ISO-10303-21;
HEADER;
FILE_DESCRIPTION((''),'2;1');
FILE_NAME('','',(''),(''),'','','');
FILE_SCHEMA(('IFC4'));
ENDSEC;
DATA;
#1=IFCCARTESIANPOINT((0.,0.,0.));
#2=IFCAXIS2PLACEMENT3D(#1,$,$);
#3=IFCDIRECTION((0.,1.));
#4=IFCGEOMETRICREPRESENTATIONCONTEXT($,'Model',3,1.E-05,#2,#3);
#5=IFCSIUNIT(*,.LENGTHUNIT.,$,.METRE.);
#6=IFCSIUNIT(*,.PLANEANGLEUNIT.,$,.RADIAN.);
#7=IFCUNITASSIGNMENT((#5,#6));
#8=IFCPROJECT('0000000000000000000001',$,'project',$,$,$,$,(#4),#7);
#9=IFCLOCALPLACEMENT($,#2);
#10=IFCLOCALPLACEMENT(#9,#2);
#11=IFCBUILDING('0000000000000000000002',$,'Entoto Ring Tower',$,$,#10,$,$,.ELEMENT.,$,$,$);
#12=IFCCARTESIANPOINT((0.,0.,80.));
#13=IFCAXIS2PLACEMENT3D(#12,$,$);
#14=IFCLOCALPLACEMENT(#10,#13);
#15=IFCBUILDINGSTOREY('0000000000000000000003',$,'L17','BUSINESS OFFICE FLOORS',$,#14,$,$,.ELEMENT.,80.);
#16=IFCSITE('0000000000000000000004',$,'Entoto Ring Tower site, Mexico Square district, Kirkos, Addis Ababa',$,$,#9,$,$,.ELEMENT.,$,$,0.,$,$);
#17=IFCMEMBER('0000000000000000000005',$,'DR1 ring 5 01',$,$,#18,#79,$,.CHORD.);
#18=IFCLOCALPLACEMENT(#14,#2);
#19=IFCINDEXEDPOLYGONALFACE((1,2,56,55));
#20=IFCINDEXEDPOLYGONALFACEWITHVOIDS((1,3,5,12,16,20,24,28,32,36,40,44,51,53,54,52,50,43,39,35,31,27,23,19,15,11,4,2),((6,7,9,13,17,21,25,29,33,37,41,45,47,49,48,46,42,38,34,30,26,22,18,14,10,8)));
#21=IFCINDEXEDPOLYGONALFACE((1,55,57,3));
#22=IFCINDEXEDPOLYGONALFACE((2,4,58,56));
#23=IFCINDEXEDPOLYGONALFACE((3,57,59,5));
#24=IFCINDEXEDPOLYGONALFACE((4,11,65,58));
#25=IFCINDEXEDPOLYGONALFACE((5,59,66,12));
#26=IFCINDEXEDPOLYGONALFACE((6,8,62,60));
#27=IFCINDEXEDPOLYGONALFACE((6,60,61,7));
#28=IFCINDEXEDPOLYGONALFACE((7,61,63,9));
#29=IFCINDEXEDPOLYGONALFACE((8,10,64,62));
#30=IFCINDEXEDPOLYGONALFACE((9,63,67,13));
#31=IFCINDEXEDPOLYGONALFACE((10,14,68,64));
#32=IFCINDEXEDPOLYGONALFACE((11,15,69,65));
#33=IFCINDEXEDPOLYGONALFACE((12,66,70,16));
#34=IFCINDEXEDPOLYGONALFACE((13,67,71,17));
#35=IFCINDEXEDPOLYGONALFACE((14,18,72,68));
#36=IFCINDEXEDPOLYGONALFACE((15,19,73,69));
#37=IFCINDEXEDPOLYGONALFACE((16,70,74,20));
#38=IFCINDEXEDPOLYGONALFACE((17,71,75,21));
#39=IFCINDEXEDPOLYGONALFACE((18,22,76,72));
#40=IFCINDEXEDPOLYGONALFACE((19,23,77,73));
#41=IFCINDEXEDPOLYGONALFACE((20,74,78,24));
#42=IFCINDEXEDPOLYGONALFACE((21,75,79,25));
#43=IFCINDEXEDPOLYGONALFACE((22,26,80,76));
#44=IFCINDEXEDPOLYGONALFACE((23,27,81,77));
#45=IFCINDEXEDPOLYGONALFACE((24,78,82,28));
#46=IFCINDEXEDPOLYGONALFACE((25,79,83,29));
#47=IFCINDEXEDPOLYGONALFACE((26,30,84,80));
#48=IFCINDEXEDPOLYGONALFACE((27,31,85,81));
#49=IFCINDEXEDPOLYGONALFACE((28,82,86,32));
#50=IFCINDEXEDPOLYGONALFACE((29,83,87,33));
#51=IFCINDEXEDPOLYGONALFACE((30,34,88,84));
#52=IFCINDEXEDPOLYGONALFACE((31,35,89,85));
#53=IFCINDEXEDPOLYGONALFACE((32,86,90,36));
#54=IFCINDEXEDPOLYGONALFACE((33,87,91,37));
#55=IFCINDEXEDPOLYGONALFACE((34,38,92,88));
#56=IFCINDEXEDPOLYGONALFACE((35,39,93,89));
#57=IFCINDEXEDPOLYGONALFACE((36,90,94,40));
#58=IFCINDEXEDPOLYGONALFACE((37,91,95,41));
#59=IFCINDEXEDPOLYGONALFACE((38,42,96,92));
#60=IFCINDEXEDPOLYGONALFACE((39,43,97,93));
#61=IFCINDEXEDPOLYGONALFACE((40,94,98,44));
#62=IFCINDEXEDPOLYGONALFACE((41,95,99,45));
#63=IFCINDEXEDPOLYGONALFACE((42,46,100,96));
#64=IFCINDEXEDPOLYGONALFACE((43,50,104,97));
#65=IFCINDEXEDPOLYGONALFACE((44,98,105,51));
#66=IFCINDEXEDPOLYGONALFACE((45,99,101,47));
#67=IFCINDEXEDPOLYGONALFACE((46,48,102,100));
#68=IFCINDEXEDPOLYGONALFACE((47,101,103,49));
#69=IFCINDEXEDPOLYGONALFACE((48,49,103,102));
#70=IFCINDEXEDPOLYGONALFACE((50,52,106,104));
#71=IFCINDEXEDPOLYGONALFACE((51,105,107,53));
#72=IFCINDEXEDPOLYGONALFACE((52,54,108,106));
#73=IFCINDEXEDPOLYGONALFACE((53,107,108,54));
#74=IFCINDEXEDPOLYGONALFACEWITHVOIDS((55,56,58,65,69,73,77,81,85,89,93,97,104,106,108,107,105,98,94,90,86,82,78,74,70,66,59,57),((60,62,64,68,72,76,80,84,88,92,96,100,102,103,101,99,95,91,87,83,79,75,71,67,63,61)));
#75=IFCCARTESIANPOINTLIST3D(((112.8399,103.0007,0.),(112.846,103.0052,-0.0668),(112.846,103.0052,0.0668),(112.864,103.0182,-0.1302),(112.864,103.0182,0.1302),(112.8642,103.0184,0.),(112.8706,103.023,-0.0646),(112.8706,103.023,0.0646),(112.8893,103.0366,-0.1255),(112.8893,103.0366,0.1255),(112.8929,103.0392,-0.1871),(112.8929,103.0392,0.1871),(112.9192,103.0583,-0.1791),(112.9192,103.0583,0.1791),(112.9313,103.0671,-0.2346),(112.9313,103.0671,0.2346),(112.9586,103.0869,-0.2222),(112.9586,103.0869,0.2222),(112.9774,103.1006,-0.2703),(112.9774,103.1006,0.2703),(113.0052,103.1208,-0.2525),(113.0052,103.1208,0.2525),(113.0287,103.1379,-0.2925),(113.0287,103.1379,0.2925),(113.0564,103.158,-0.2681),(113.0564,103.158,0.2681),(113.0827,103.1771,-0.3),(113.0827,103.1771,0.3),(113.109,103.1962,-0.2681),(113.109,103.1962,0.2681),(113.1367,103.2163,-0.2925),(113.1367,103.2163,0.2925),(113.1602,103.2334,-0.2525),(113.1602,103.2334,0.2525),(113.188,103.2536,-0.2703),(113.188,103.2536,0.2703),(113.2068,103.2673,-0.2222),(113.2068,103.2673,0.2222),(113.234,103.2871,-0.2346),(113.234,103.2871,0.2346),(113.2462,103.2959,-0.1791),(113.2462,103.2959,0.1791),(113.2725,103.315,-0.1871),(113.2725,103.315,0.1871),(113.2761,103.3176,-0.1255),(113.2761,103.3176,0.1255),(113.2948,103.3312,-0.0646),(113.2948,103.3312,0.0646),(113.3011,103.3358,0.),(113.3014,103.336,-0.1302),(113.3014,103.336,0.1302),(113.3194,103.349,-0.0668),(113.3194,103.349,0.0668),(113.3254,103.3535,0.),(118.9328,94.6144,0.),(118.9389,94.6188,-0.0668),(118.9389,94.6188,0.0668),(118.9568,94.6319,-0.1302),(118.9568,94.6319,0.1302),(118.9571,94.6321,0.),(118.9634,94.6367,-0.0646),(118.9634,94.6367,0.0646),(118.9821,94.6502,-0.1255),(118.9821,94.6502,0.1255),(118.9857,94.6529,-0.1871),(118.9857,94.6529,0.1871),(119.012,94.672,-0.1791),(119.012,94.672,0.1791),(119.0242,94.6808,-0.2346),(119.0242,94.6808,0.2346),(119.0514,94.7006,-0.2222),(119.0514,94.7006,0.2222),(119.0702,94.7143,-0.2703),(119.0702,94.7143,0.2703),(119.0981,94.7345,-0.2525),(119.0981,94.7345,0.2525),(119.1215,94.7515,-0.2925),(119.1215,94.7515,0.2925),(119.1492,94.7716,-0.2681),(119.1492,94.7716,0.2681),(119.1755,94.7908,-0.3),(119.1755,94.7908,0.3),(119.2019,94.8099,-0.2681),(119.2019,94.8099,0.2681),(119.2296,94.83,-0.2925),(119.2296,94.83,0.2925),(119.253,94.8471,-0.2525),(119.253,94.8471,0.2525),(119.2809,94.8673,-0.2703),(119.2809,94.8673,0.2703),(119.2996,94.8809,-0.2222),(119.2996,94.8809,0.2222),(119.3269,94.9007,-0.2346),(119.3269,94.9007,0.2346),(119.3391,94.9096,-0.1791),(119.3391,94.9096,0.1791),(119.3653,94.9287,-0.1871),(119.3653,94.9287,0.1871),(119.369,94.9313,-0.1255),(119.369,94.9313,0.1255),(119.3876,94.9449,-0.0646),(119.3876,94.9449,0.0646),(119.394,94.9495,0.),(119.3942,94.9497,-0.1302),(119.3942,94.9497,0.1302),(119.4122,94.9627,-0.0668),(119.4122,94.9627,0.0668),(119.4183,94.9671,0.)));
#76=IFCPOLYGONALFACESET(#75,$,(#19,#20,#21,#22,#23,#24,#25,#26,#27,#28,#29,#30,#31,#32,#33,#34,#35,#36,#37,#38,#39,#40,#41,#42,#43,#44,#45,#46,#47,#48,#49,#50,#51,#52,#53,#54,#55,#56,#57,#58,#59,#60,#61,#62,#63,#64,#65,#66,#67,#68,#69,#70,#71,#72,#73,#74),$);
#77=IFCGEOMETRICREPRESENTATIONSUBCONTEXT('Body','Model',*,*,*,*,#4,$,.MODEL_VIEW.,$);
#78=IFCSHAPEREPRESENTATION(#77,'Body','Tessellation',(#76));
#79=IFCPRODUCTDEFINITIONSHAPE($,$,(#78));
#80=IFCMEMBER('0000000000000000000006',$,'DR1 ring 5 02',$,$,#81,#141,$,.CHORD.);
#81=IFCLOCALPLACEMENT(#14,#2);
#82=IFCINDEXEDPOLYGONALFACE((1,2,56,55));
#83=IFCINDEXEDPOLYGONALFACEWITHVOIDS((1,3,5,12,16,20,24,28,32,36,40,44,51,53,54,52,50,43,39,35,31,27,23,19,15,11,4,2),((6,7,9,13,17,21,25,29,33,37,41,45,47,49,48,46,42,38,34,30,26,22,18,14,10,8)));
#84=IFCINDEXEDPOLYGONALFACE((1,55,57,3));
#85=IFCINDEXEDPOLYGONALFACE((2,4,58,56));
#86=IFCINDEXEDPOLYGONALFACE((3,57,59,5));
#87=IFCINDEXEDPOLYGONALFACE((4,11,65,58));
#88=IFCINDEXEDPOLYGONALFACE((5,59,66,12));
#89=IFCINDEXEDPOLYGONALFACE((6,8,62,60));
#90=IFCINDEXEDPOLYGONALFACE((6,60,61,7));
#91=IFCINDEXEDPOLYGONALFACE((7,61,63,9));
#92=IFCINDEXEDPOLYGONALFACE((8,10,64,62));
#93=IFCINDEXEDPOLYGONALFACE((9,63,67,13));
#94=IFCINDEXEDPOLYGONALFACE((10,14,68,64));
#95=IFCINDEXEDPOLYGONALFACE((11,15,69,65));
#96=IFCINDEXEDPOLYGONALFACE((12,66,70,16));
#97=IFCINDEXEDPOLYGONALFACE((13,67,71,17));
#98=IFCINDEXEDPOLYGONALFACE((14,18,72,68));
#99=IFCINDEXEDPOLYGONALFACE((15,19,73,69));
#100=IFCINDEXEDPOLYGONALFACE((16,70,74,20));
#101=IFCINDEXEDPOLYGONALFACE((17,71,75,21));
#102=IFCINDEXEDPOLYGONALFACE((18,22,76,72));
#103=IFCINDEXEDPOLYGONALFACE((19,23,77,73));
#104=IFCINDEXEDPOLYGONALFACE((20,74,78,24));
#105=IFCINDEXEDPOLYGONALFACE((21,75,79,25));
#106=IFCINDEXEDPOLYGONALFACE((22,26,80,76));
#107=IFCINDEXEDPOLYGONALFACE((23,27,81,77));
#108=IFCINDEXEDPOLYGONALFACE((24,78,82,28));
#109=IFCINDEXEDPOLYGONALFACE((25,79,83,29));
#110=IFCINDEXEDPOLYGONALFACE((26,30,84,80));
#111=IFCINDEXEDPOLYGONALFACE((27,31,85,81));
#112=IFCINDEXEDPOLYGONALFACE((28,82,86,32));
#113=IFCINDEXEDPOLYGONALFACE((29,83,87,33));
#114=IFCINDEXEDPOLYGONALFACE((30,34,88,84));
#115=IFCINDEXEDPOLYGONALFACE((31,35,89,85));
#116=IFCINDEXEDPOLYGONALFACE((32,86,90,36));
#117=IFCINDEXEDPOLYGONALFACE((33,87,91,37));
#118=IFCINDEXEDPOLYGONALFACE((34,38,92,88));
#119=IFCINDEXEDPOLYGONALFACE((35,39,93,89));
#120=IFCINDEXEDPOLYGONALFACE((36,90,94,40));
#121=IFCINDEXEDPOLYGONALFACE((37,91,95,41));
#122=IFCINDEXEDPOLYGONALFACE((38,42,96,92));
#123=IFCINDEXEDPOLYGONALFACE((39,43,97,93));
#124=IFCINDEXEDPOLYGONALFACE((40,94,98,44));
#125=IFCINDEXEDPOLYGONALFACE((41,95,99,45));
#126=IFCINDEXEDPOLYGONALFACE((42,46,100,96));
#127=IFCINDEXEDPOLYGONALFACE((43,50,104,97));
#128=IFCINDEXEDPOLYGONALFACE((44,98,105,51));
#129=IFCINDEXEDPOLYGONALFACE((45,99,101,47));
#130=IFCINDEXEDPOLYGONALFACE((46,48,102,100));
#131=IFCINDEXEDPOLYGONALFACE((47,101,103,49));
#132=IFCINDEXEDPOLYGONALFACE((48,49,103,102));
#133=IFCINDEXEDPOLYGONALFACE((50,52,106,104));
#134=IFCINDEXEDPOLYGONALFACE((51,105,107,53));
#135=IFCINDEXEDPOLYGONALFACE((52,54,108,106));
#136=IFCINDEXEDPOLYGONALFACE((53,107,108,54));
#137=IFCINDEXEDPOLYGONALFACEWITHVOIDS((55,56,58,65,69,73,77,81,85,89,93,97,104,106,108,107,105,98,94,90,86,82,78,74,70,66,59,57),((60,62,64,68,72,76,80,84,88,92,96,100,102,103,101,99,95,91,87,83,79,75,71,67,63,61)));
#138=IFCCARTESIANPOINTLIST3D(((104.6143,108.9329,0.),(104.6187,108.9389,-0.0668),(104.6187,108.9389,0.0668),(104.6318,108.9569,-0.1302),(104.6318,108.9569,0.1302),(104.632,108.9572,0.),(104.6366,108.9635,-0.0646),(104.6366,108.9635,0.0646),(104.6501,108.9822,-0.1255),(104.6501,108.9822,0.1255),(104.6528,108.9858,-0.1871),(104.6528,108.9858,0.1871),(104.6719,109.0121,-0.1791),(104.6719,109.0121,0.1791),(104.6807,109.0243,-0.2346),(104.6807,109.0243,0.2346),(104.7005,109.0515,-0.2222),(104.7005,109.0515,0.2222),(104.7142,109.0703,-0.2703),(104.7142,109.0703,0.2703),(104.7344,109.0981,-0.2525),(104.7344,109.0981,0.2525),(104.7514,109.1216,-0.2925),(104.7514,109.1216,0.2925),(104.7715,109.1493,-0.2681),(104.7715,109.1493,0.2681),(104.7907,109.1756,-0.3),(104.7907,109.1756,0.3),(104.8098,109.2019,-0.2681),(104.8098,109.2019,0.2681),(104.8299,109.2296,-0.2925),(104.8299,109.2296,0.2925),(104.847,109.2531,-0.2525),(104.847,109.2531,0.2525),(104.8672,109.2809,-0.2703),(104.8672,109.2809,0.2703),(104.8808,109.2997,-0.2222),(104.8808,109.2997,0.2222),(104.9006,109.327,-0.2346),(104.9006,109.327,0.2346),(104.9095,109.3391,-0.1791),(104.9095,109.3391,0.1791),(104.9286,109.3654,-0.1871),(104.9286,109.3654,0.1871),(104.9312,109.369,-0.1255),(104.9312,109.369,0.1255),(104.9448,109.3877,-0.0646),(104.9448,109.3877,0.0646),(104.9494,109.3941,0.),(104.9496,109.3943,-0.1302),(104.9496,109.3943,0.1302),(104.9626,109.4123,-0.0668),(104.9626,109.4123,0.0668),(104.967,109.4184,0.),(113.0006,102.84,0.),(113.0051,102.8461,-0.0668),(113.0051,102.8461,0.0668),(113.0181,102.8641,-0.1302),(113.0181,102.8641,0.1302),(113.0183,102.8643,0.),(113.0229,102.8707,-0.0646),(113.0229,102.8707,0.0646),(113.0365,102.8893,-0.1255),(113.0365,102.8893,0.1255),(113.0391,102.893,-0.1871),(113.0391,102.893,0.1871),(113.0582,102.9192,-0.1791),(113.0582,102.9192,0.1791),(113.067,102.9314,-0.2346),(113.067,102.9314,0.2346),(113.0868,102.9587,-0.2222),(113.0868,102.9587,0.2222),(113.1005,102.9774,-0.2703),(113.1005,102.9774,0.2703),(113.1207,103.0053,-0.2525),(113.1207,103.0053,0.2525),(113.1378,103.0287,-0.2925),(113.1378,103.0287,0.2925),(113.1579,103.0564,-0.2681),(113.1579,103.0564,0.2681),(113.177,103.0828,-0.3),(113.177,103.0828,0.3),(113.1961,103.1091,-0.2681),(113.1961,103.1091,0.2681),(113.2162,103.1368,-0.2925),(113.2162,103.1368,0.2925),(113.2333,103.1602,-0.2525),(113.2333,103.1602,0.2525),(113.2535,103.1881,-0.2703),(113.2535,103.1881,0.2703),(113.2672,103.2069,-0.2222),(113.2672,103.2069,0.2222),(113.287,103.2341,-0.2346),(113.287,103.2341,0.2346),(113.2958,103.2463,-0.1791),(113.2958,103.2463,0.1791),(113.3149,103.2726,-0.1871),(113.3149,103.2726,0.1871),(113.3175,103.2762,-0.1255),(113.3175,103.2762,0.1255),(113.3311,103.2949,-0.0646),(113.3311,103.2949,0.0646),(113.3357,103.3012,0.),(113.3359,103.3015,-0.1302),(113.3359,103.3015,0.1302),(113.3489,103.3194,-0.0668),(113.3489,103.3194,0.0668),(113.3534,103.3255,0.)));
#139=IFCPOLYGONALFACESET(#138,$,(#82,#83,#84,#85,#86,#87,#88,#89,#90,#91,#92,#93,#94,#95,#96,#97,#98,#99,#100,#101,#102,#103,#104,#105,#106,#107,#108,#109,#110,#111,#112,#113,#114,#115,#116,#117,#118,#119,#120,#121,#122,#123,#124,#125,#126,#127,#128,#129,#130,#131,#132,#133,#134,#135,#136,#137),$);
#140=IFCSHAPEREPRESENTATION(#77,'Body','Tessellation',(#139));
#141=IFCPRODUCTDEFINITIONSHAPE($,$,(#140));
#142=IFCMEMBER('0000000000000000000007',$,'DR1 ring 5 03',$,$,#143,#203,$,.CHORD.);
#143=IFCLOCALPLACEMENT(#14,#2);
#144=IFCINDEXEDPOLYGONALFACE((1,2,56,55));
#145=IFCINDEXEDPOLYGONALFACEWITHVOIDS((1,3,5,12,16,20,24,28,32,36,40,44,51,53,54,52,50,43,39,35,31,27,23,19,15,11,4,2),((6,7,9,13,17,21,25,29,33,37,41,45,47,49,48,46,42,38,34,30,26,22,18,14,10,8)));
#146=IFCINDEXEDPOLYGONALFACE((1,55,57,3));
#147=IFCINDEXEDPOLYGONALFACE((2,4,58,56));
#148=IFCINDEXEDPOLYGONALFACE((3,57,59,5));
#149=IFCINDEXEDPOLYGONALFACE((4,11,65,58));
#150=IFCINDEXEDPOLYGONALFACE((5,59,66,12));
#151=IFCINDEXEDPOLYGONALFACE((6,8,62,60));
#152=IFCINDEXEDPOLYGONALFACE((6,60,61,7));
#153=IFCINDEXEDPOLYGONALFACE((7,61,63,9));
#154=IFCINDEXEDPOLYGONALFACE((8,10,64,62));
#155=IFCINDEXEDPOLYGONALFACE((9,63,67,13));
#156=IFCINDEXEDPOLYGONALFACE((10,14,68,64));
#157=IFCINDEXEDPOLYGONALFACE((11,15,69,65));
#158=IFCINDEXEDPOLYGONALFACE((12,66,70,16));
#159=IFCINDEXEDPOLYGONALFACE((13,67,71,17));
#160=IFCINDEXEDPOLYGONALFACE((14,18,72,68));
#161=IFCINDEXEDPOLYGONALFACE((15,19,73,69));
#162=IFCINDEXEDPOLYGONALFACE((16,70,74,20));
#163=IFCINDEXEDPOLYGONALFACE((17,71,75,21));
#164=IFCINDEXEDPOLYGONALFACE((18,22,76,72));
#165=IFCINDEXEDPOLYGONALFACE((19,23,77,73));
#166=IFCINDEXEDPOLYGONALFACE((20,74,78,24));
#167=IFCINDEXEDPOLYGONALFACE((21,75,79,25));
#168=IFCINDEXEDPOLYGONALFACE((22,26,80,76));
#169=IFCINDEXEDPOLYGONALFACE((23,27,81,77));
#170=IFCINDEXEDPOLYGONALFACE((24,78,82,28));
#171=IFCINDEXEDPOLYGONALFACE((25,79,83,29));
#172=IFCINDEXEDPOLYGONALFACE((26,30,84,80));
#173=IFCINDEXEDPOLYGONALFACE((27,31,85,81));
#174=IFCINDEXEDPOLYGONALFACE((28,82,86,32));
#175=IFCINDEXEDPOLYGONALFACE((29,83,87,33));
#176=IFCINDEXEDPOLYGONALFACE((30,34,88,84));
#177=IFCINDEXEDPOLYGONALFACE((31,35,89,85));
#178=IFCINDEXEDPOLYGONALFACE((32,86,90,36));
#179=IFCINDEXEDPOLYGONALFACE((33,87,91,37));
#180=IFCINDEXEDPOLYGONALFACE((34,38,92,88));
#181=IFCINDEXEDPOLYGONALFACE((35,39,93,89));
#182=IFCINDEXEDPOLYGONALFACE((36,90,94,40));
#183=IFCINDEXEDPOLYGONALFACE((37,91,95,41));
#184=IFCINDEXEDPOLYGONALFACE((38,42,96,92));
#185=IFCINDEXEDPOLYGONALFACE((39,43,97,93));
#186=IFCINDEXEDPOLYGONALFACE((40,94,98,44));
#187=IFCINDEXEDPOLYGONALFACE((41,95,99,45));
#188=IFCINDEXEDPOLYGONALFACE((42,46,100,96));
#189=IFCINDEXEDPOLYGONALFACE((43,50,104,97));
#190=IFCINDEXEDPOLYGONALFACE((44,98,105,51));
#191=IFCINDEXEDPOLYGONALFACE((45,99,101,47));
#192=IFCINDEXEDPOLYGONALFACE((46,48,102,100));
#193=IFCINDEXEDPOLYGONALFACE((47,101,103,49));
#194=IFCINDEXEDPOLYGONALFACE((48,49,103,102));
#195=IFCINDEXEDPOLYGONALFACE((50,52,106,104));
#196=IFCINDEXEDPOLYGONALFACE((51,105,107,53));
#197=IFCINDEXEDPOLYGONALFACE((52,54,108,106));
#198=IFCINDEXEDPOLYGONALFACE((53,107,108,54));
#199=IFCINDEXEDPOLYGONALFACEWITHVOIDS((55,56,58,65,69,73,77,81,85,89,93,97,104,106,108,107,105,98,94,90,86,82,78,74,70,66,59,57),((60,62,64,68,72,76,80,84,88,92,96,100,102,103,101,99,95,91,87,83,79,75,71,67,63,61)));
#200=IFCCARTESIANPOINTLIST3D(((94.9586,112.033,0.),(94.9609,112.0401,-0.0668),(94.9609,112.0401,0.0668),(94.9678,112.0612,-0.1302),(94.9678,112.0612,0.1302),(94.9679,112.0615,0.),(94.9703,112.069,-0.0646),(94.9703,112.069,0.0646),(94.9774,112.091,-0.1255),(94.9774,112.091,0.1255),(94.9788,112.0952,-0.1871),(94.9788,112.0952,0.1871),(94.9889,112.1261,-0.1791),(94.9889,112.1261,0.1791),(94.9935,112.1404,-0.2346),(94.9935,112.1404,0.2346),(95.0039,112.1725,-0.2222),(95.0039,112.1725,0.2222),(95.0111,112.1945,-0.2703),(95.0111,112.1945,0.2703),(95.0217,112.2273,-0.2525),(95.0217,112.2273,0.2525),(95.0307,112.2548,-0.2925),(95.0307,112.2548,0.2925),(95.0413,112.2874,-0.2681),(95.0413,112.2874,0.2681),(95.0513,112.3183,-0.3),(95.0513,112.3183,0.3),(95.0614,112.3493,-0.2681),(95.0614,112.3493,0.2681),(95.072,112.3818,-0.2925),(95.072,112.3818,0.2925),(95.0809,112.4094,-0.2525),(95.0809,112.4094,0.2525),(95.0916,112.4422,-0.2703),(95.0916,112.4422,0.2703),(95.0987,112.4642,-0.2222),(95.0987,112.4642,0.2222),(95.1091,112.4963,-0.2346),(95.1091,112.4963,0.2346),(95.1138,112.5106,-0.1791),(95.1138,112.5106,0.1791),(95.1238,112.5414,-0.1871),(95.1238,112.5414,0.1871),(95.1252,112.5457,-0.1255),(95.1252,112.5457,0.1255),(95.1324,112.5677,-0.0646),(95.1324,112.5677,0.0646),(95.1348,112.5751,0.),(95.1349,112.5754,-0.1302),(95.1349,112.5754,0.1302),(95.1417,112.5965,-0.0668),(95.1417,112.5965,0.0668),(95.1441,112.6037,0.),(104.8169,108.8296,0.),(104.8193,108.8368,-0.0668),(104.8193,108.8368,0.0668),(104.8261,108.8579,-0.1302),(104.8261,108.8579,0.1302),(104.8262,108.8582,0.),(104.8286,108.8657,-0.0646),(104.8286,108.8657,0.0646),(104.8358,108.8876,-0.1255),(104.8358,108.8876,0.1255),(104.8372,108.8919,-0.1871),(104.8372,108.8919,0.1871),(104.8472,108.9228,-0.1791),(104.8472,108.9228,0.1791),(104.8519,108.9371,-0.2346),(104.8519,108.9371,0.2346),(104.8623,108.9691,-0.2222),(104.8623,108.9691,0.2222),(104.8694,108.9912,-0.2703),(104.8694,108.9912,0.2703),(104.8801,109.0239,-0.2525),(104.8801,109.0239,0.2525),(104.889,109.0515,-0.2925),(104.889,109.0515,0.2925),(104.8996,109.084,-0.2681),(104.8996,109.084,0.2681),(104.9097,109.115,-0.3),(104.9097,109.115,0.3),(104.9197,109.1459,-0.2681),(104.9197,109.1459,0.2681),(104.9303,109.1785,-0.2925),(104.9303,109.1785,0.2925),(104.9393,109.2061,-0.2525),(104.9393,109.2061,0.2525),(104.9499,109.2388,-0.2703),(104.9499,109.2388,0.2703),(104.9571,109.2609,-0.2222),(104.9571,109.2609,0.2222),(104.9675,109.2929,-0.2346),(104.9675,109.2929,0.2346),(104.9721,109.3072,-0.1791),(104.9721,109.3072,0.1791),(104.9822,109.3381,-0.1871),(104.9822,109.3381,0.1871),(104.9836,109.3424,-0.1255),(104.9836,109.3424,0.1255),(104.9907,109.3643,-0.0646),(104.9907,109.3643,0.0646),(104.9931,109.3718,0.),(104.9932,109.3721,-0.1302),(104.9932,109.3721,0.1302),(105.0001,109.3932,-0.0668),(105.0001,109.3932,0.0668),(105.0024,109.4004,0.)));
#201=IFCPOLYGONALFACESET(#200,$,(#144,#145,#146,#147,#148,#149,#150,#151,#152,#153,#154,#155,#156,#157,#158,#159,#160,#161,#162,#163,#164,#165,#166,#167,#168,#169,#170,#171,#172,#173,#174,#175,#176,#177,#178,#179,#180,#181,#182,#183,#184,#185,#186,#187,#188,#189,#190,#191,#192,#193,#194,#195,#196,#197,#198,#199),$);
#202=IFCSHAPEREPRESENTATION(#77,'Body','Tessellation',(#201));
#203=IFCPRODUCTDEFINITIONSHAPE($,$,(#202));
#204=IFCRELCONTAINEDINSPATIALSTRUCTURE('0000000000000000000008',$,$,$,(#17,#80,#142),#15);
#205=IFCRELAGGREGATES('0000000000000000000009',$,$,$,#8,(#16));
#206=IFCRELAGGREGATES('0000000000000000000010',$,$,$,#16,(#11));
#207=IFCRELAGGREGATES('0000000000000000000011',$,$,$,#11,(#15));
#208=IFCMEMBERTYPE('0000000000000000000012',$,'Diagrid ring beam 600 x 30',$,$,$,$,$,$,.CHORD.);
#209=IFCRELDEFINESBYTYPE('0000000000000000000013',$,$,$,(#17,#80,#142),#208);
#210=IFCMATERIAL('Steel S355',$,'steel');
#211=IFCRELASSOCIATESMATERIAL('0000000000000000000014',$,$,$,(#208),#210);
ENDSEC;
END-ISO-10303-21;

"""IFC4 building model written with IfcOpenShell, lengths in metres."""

from ifc_helpers import new_model, si_unit, direction, frame, origin, origin_2d, place, context, subcontext, project, spatial, circle, hollow_circle, extrude, material, material_profile, profile_set, type_object, element, save


model = new_model("IFC4")

# Units and contexts
model_context = context("Model", 3, precision=1e-05, world=origin(), true_north=direction((0.0, 1.0)))
body_context = subcontext(model_context, "Body", "Model", "MODEL_VIEW")
ifc_project = project(units=[si_unit("LENGTHUNIT", "METRE"), si_unit("PLANEANGLEUNIT", "RADIAN")], contexts=[model_context])

# Site, building, storey
site_placement = place(None, origin())
site = spatial("IfcSite", under=ifc_project, at=site_placement, Name="Entoto Ring Tower site, Mexico Square district, Kirkos, Addis Ababa", CompositionType="ELEMENT", RefElevation=0.0)
building_placement = place(site_placement, origin())
building = spatial("IfcBuilding", under=site, at=building_placement, Name="Entoto Ring Tower", CompositionType="ELEMENT")
storey_placement = place(building_placement, frame((0.0, 0.0, 80.0)))
storey = spatial("IfcBuildingStorey", under=building, at=storey_placement, Name="L17", Description="BUSINESS OFFICE FLOORS", CompositionType="ELEMENT", Elevation=80.0)

# Members
ifc_material_1 = material(Name="Steel S355", Category="steel")
ifc_material_profile_1 = material_profile(ifc_material_1, hollow_circle(Radius=0.3, WallThickness=0.03, at=origin_2d()), Name="CHS 600 x 30")
ifc_material_2 = material(Name="Concrete C60/75", Category="concrete")
ifc_material_profile_2 = material_profile(ifc_material_2, circle(Radius=0.27, at=origin_2d()), Name="Concrete C60/75 infill")
ifc_profile_set_1 = profile_set([ifc_material_profile_1, ifc_material_profile_2], Name="Steel S355")
member_type_1 = type_object("IfcMemberType", Name="Diagrid ring beam 600 x 30", PredefinedType="CHORD", material=ifc_profile_set_1)
for number, where, z_axis, x_axis, name in (
    (1, (119.1755, 94.7908, 0.0), (-0.587774, 0.809025, 0.0), (-0.809025, -0.587774, 0.0), "DR1 ring 5 01"),
    (2, (113.177, 103.0828, 0.0), (-0.809025, 0.587774, 0.0), (-0.587774, -0.809025, 0.0), "DR1 ring 5 02"),
):
    element("IfcMember", number, at=place(storey_placement, frame(where, z_axis=z_axis, x_axis=x_axis)), inside=storey, type_object=member_type_1, Name=name, PredefinedType="CHORD", context=body_context, shape_type="SweptSolid", body=[
        extrude(hollow_circle(Radius=0.3, WallThickness=0.03, at=origin_2d()), origin(), (0.0, 0.0, 1.0), 10.366),
    ])
for number, where, z_axis, x_axis, name in (
    (3, (104.9097, 109.115, 0.0), (-0.951051, 0.309033, 0.0), (-0.309033, -0.951051, 0.0), "DR1 ring 5 03"),
):
    element("IfcMember", number, at=place(storey_placement, frame(where, z_axis=z_axis, x_axis=x_axis)), inside=storey, type_object=member_type_1, Name=name, PredefinedType="CHORD", context=body_context, shape_type="SweptSolid", body=[
        extrude(hollow_circle(Radius=0.3, WallThickness=0.03, at=origin_2d()), origin(), (0.0, 0.0, 1.0), 10.3657),
    ])

save(model, "model.ifc")
